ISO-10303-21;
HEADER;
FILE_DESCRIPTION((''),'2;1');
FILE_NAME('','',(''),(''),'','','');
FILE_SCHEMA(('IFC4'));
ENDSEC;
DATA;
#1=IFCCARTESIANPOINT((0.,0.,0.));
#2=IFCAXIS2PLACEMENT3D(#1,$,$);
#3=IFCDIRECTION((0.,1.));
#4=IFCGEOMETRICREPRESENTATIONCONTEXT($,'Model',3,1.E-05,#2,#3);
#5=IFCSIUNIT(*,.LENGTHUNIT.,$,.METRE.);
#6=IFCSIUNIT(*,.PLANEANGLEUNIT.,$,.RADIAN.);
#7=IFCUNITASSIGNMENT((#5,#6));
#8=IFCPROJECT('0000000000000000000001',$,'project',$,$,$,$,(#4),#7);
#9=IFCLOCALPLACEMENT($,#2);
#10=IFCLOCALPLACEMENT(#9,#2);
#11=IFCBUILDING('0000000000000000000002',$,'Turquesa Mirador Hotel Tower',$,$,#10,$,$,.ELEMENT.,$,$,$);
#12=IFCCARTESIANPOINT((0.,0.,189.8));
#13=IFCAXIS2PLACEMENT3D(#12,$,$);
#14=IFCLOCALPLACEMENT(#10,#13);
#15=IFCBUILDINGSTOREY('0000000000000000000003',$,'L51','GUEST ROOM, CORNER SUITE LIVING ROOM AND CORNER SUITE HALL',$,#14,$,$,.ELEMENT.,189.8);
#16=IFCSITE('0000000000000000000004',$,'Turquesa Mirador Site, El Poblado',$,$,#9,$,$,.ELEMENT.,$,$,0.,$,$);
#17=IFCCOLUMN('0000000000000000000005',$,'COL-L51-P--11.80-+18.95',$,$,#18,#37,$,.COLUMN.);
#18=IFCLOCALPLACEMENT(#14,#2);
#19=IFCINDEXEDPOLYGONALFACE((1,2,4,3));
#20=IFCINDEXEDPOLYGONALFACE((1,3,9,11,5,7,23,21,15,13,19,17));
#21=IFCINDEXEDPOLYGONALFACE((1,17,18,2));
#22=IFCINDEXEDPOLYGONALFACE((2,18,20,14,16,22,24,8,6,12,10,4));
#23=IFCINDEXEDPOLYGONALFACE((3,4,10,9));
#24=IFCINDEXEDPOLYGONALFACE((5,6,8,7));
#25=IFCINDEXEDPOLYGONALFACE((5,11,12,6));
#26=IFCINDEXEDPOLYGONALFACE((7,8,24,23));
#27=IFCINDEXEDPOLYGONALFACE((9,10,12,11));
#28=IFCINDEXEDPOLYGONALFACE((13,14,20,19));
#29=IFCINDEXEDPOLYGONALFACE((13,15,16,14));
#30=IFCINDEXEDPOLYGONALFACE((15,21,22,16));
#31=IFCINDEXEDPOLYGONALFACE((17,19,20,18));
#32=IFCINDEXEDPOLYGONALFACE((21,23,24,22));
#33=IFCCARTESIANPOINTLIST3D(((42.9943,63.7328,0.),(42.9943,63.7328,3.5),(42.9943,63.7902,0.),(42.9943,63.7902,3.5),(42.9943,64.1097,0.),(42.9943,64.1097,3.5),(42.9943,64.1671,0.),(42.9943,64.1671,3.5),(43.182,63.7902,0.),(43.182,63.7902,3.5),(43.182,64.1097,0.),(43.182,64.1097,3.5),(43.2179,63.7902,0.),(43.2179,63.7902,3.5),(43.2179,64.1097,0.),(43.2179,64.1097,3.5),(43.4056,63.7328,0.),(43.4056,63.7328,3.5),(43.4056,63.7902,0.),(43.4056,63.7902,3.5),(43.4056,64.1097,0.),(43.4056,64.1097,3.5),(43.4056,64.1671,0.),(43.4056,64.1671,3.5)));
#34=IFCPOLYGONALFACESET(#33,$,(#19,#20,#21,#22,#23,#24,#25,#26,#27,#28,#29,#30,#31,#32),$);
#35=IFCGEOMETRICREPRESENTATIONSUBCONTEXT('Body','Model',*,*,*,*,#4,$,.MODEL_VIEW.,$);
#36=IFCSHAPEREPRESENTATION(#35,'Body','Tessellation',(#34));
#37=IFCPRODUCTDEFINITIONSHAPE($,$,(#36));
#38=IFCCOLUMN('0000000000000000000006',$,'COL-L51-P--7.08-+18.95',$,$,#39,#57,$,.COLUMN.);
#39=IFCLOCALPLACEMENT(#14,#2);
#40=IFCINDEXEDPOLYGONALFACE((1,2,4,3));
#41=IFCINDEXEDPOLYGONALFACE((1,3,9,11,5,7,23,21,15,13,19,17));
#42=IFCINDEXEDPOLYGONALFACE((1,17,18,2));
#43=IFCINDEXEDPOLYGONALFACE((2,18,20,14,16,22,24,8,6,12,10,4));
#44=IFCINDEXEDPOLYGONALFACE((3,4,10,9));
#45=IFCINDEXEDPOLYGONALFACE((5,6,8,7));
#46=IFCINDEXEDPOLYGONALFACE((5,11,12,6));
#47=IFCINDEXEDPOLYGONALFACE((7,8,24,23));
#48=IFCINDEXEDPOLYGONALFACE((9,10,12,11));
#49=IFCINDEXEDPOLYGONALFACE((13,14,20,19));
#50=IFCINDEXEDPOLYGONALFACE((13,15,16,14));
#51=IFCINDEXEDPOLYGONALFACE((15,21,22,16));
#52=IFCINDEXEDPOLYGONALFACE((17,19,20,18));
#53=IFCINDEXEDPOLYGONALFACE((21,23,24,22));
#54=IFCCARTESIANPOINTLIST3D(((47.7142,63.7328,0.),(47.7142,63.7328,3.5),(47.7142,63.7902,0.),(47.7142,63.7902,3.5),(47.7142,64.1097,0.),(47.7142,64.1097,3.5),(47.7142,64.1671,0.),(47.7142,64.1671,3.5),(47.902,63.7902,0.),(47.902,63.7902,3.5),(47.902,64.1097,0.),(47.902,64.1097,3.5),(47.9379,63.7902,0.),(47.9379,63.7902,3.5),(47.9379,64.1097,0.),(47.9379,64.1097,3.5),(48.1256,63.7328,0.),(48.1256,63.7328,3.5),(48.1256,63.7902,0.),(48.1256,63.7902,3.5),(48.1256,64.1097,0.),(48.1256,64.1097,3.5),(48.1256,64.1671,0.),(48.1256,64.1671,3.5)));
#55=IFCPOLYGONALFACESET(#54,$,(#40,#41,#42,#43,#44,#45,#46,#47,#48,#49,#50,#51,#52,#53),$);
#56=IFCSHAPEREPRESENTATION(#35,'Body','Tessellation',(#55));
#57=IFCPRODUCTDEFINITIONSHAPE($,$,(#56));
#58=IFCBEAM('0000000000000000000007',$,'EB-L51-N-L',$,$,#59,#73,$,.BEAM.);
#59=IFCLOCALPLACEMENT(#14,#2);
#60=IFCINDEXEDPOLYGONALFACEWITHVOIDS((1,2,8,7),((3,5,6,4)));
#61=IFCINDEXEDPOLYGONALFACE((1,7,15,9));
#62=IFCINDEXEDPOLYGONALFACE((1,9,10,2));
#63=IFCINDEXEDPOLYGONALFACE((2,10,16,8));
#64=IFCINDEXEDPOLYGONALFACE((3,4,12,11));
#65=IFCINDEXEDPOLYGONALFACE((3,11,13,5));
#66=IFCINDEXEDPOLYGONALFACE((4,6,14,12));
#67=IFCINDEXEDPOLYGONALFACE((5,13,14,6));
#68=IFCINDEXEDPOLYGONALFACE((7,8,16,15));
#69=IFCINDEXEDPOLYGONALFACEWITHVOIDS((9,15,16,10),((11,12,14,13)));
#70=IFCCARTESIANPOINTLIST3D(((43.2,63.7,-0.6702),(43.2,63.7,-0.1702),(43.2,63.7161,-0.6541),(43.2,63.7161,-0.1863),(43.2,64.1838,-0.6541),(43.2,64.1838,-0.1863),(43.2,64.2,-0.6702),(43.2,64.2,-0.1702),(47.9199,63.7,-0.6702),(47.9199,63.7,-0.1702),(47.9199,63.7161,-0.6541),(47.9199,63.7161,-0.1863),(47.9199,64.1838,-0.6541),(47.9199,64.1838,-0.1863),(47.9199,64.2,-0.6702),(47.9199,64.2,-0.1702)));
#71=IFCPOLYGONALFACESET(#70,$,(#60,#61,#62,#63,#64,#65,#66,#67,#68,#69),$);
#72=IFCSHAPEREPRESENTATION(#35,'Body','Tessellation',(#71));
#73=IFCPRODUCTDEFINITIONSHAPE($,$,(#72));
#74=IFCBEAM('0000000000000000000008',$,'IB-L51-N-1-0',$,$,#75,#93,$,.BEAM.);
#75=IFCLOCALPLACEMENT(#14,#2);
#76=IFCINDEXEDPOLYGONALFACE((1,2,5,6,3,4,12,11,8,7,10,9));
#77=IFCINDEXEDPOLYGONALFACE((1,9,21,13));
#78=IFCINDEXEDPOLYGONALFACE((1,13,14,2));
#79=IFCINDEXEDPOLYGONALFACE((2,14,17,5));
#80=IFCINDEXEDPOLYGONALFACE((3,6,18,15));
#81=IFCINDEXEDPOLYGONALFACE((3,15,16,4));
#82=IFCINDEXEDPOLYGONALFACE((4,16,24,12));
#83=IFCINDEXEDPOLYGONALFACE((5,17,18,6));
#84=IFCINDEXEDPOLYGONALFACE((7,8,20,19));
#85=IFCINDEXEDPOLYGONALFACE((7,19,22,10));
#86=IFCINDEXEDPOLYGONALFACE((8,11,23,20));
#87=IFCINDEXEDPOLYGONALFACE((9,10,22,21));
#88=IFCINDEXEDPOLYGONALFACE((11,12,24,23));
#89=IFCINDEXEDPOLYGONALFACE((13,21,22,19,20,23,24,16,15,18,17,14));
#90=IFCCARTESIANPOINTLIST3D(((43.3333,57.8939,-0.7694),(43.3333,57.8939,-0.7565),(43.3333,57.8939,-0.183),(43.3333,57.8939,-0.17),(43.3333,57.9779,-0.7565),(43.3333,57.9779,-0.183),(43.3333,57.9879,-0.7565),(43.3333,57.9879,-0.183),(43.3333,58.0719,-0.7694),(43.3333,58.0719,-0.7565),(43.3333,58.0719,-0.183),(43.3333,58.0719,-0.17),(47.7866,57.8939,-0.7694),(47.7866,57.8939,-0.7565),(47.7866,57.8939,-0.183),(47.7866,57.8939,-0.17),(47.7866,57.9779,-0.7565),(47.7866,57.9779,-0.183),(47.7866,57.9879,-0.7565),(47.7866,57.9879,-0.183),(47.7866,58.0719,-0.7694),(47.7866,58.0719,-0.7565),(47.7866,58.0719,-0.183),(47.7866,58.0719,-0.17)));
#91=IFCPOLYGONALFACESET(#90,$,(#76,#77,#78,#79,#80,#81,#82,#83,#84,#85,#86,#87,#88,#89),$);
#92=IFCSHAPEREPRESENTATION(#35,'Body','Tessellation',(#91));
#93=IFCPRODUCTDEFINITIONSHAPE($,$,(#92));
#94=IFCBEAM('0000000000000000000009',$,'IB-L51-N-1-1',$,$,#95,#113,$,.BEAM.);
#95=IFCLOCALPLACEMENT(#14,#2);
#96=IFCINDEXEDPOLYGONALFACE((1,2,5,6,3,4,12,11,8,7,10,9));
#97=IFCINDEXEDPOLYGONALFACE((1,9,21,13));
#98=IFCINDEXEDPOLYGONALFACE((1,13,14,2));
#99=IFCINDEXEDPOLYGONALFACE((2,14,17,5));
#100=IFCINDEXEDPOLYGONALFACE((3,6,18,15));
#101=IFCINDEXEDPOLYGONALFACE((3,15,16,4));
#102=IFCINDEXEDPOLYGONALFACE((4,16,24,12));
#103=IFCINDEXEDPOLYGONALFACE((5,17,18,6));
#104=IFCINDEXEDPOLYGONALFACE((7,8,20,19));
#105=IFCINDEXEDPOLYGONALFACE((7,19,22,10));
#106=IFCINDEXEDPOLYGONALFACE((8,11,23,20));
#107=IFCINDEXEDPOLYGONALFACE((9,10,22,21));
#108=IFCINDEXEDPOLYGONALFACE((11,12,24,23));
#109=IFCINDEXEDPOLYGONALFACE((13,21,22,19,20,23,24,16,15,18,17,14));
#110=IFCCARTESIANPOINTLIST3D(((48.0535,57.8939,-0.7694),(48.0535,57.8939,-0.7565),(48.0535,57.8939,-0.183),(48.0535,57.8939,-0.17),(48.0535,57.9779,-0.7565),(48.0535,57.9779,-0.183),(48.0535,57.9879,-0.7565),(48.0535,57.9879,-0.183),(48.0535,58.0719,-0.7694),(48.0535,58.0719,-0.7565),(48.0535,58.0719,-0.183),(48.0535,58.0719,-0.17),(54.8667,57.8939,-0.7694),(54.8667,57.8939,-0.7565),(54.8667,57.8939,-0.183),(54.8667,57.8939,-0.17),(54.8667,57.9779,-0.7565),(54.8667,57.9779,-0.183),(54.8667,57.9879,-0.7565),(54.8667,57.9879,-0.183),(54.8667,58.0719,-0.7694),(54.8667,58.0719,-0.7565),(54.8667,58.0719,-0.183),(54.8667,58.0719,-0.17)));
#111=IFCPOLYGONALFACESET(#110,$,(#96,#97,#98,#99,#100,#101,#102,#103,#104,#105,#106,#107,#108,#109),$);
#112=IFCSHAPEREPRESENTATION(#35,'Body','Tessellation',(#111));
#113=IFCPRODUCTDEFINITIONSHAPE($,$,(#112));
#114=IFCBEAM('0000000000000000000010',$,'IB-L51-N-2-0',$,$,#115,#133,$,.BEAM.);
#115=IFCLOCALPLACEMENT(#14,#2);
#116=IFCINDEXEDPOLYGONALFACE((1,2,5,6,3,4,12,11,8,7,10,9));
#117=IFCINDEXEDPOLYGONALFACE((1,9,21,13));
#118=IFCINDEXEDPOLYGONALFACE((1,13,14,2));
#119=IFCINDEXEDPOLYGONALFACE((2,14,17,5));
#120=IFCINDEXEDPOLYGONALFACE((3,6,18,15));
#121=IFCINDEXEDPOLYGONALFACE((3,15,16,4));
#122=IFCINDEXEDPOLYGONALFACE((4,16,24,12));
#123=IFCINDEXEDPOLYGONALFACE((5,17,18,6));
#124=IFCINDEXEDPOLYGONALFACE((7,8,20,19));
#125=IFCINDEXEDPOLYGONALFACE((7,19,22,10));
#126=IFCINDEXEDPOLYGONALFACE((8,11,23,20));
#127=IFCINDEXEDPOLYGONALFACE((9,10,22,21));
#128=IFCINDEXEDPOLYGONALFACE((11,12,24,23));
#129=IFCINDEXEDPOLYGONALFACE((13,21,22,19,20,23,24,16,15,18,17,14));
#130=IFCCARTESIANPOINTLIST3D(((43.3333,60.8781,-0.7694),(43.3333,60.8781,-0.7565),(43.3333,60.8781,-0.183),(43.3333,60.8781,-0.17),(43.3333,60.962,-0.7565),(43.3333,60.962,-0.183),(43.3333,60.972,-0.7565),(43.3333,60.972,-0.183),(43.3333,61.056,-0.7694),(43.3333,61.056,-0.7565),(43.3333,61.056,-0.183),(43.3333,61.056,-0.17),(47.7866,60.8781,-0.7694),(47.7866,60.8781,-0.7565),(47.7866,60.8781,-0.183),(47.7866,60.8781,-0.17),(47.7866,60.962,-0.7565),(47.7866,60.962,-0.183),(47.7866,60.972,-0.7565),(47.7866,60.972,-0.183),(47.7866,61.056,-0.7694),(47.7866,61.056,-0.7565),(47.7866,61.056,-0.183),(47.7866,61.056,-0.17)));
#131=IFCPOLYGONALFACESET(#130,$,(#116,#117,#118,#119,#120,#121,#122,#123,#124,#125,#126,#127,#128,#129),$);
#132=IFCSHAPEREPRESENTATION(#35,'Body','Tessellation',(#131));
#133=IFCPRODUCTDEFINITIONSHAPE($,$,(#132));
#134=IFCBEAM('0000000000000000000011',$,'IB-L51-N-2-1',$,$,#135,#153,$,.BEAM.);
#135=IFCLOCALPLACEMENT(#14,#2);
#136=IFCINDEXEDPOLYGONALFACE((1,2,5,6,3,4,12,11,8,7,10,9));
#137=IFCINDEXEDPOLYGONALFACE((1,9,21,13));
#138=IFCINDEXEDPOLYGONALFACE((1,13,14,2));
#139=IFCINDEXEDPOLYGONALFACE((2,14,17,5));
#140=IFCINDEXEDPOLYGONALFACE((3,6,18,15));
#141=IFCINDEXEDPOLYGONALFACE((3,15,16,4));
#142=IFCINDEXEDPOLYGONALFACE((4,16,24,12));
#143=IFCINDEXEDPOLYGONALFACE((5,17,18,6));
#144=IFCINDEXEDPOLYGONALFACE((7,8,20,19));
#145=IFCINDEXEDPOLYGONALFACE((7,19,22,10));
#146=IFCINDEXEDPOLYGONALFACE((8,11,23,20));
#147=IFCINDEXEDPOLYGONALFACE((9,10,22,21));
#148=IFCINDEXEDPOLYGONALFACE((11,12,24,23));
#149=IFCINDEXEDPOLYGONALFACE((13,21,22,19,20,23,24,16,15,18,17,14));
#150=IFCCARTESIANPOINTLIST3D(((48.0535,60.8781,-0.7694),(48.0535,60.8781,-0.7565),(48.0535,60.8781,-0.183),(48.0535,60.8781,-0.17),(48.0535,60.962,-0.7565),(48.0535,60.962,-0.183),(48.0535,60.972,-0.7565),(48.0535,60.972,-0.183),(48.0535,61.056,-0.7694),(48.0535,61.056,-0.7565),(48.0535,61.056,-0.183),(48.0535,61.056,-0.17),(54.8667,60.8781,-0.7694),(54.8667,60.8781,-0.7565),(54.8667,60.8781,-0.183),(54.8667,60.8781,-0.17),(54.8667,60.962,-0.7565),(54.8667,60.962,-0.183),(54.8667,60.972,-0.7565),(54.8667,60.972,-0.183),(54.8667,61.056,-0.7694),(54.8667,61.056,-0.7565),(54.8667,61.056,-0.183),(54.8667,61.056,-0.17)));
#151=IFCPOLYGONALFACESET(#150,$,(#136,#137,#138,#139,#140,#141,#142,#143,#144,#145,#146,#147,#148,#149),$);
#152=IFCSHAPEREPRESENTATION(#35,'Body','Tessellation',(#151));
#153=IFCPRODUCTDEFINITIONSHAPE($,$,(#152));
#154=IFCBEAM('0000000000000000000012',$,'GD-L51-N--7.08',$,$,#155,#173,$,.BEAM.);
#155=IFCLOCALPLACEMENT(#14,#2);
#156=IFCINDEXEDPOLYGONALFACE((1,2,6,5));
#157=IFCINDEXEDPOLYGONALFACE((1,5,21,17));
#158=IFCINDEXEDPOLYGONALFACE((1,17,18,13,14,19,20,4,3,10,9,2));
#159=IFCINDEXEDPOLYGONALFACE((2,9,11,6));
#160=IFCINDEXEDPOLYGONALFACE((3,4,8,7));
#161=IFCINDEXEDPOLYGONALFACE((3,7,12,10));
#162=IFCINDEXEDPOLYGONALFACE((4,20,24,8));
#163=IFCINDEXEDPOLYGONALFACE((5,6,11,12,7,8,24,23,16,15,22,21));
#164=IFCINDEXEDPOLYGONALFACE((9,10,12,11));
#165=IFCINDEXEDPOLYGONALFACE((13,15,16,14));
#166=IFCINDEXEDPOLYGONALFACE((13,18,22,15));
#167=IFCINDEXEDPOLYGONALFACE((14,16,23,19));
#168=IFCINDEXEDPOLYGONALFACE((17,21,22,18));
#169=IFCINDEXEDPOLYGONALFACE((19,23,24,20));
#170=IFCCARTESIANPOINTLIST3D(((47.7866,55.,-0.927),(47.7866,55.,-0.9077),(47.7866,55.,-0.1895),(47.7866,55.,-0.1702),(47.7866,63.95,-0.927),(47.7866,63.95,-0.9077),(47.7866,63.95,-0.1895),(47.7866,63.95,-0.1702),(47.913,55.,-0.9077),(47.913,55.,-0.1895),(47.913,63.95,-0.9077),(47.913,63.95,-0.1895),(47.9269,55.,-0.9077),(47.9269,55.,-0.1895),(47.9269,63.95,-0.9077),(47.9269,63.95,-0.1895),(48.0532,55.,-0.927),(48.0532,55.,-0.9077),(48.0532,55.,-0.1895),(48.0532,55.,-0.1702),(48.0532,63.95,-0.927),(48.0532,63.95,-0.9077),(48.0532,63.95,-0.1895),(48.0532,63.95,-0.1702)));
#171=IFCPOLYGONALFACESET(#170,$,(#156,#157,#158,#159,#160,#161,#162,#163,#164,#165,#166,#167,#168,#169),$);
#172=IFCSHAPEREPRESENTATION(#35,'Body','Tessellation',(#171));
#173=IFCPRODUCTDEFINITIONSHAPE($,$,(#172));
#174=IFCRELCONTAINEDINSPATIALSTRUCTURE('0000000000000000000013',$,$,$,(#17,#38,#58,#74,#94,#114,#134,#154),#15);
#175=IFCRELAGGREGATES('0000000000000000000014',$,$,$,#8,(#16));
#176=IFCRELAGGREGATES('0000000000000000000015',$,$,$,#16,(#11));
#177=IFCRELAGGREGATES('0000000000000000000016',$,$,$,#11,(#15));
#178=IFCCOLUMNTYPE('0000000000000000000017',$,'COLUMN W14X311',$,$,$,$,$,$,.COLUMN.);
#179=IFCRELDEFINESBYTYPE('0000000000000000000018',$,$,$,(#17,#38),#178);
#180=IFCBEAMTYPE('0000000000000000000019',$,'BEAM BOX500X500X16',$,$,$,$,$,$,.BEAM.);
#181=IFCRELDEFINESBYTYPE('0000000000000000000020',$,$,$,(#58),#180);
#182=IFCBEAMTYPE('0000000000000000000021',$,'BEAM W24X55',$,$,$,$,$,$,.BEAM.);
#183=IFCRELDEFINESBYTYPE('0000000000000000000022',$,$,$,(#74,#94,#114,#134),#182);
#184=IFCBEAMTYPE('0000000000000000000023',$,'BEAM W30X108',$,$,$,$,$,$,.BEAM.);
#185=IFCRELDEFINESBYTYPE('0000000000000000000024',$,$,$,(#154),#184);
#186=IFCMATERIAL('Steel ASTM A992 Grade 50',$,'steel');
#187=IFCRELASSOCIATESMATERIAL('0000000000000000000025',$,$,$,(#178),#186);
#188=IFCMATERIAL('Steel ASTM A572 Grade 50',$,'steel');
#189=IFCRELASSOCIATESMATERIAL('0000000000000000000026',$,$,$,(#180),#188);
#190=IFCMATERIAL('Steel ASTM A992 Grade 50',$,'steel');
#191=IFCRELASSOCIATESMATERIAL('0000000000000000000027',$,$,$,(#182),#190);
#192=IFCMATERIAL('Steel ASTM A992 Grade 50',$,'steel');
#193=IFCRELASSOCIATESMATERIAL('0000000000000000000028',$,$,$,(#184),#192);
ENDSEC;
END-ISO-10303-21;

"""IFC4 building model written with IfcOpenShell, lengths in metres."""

from ifc_helpers import new_model, si_unit, direction, frame, origin, origin_2d, place, context, subcontext, project, spatial, hollow_rectangle, i_section, extrude, material, material_profile, profile_set, type_object, element, save


model = new_model("IFC4")

# Units and contexts
model_context = context("Model", 3, precision=1e-05, world=origin(), true_north=direction((0.0, 1.0)))
body_context = subcontext(model_context, "Body", "Model", "MODEL_VIEW")
ifc_project = project(units=[si_unit("LENGTHUNIT", "METRE"), si_unit("PLANEANGLEUNIT", "RADIAN")], contexts=[model_context])

# Site, building, storey
site_placement = place(None, origin())
site = spatial("IfcSite", under=ifc_project, at=site_placement, Name="Turquesa Mirador Site, El Poblado", CompositionType="ELEMENT", RefElevation=0.0)
building_placement = place(site_placement, origin())
building = spatial("IfcBuilding", under=site, at=building_placement, Name="Turquesa Mirador Hotel Tower", CompositionType="ELEMENT")
storey_placement = place(building_placement, frame((0.0, 0.0, 189.8)))
storey = spatial("IfcBuildingStorey", under=building, at=storey_placement, Name="L51", Description="GUEST ROOM, CORNER SUITE LIVING ROOM AND CORNER SUITE HALL", CompositionType="ELEMENT", Elevation=189.8)

# Columns
ifc_material_1 = material(Name="Steel ASTM A992 Grade 50", Category="steel")
ifc_material_profile_1 = material_profile(ifc_material_1, i_section(OverallWidth=0.4114, OverallDepth=0.4343, WebThickness=0.0359, FlangeThickness=0.0574, at=origin_2d()), Name="W14X311")
ifc_profile_set_1 = profile_set([ifc_material_profile_1], Name="Steel ASTM A992 Grade 50")
column_type = type_object("IfcColumnType", Name="COLUMN W14X311", PredefinedType="COLUMN", material=ifc_profile_set_1)
for number, where, z_axis, x_axis, name in (
    (1, (43.2, 63.95, 0.0), (0.0, 0.0, 1.0), (1.0, 0.0, 0.0), "COL-L51-P--11.80-+18.95"),
    (2, (47.9199, 63.95, 0.0), (0.0, 0.0, 1.0), (1.0, 0.0, 0.0), "COL-L51-P--7.08-+18.95"),
):
    element("IfcColumn", number, at=place(storey_placement, frame(where, z_axis=z_axis, x_axis=x_axis)), inside=storey, type_object=column_type, Name=name, PredefinedType="COLUMN", context=body_context, shape_type="SweptSolid", body=[
        extrude(i_section(OverallWidth=0.4114, OverallDepth=0.4343, WebThickness=0.0359, FlangeThickness=0.0574, at=origin_2d()), origin(), (0.0, 0.0, 1.0), 3.5),
    ])

# Beams
ifc_material_2 = material(Name="Steel ASTM A572 Grade 50", Category="steel")
ifc_material_profile_2 = material_profile(ifc_material_2, hollow_rectangle(XDim=0.5, YDim=0.5, WallThickness=0.0161, at=origin_2d()), Name="BOX500X500X16")
ifc_profile_set_2 = profile_set([ifc_material_profile_2], Name="Steel ASTM A572 Grade 50")
beam_type_1 = type_object("IfcBeamType", Name="BEAM BOX500X500X16", PredefinedType="BEAM", material=ifc_profile_set_2)
beam_1_placement = place(storey_placement, frame((43.2, 63.95, -0.4202), z_axis=(1.0, 0.0, 0.0), x_axis=(0.0, 1.0, 0.0)))
element("IfcBeam", 3, at=beam_1_placement, inside=storey, type_object=beam_type_1, Name="EB-L51-N-L", PredefinedType="BEAM", context=body_context, shape_type="SweptSolid", body=[
    extrude(hollow_rectangle(XDim=0.5, YDim=0.5, WallThickness=0.0161, at=origin_2d()), origin(), (0.0, 0.0, 1.0), 4.72),
])
ifc_material_3 = material(Name="Steel ASTM A992 Grade 50", Category="steel")
ifc_material_profile_3 = material_profile(ifc_material_3, i_section(OverallWidth=0.178, OverallDepth=0.5994, WebThickness=0.01, FlangeThickness=0.0129, at=origin_2d()), Name="W24X55")
ifc_profile_set_3 = profile_set([ifc_material_profile_3], Name="Steel ASTM A992 Grade 50")
beam_type_2 = type_object("IfcBeamType", Name="BEAM W24X55", PredefinedType="BEAM", material=ifc_profile_set_3)
beam_2_placement = place(storey_placement, frame((43.3333, 57.9829, -0.4697), z_axis=(1.0, 0.0, 0.0), x_axis=(0.0, 1.0, 0.0)))
element("IfcBeam", 4, at=beam_2_placement, inside=storey, type_object=beam_type_2, Name="IB-L51-N-1-0", PredefinedType="BEAM", context=body_context, shape_type="SweptSolid", body=[
    extrude(i_section(OverallWidth=0.178, OverallDepth=0.5994, WebThickness=0.01, FlangeThickness=0.0129, at=origin_2d()), origin(), (0.0, 0.0, 1.0), 4.4534),
])
beam_3_placement = place(storey_placement, frame((48.0535, 57.9829, -0.4697), z_axis=(1.0, 0.0, 0.0), x_axis=(0.0, 1.0, 0.0)))
element("IfcBeam", 5, at=beam_3_placement, inside=storey, type_object=beam_type_2, Name="IB-L51-N-1-1", PredefinedType="BEAM", context=body_context, shape_type="SweptSolid", body=[
    extrude(i_section(OverallWidth=0.178, OverallDepth=0.5994, WebThickness=0.01, FlangeThickness=0.0129, at=origin_2d()), origin(), (0.0, 0.0, 1.0), 6.8132),
])
beam_4_placement = place(storey_placement, frame((43.3333, 60.967, -0.4697), z_axis=(1.0, 0.0, 0.0), x_axis=(0.0, 1.0, 0.0)))
element("IfcBeam", 6, at=beam_4_placement, inside=storey, type_object=beam_type_2, Name="IB-L51-N-2-0", PredefinedType="BEAM", context=body_context, shape_type="SweptSolid", body=[
    extrude(i_section(OverallWidth=0.178, OverallDepth=0.5994, WebThickness=0.01, FlangeThickness=0.0129, at=origin_2d()), origin(), (0.0, 0.0, 1.0), 4.4534),
])
beam_5_placement = place(storey_placement, frame((48.0535, 60.967, -0.4697), z_axis=(1.0, 0.0, 0.0), x_axis=(0.0, 1.0, 0.0)))
element("IfcBeam", 7, at=beam_5_placement, inside=storey, type_object=beam_type_2, Name="IB-L51-N-2-1", PredefinedType="BEAM", context=body_context, shape_type="SweptSolid", body=[
    extrude(i_section(OverallWidth=0.178, OverallDepth=0.5994, WebThickness=0.01, FlangeThickness=0.0129, at=origin_2d()), origin(), (0.0, 0.0, 1.0), 6.8132),
])
ifc_material_4 = material(Name="Steel ASTM A992 Grade 50", Category="steel")
ifc_material_profile_4 = material_profile(ifc_material_4, i_section(OverallWidth=0.2666, OverallDepth=0.7568, WebThickness=0.0139, FlangeThickness=0.0193, at=origin_2d()), Name="W30X108")
ifc_profile_set_4 = profile_set([ifc_material_profile_4], Name="Steel ASTM A992 Grade 50")
beam_type_3 = type_object("IfcBeamType", Name="BEAM W30X108", PredefinedType="BEAM", material=ifc_profile_set_4)
beam_6_placement = place(storey_placement, frame((47.9199, 63.95, -0.5486), z_axis=(0.0, -1.0, 0.0), x_axis=(1.0, 0.0, 0.0)))
element("IfcBeam", 8, at=beam_6_placement, inside=storey, type_object=beam_type_3, Name="GD-L51-N--7.08", PredefinedType="BEAM", context=body_context, shape_type="SweptSolid", body=[
    extrude(i_section(OverallWidth=0.2666, OverallDepth=0.7568, WebThickness=0.0139, FlangeThickness=0.0193, at=origin_2d()), origin(), (0.0, 0.0, 1.0), 8.95),
])

save(model, "model.ifc")
